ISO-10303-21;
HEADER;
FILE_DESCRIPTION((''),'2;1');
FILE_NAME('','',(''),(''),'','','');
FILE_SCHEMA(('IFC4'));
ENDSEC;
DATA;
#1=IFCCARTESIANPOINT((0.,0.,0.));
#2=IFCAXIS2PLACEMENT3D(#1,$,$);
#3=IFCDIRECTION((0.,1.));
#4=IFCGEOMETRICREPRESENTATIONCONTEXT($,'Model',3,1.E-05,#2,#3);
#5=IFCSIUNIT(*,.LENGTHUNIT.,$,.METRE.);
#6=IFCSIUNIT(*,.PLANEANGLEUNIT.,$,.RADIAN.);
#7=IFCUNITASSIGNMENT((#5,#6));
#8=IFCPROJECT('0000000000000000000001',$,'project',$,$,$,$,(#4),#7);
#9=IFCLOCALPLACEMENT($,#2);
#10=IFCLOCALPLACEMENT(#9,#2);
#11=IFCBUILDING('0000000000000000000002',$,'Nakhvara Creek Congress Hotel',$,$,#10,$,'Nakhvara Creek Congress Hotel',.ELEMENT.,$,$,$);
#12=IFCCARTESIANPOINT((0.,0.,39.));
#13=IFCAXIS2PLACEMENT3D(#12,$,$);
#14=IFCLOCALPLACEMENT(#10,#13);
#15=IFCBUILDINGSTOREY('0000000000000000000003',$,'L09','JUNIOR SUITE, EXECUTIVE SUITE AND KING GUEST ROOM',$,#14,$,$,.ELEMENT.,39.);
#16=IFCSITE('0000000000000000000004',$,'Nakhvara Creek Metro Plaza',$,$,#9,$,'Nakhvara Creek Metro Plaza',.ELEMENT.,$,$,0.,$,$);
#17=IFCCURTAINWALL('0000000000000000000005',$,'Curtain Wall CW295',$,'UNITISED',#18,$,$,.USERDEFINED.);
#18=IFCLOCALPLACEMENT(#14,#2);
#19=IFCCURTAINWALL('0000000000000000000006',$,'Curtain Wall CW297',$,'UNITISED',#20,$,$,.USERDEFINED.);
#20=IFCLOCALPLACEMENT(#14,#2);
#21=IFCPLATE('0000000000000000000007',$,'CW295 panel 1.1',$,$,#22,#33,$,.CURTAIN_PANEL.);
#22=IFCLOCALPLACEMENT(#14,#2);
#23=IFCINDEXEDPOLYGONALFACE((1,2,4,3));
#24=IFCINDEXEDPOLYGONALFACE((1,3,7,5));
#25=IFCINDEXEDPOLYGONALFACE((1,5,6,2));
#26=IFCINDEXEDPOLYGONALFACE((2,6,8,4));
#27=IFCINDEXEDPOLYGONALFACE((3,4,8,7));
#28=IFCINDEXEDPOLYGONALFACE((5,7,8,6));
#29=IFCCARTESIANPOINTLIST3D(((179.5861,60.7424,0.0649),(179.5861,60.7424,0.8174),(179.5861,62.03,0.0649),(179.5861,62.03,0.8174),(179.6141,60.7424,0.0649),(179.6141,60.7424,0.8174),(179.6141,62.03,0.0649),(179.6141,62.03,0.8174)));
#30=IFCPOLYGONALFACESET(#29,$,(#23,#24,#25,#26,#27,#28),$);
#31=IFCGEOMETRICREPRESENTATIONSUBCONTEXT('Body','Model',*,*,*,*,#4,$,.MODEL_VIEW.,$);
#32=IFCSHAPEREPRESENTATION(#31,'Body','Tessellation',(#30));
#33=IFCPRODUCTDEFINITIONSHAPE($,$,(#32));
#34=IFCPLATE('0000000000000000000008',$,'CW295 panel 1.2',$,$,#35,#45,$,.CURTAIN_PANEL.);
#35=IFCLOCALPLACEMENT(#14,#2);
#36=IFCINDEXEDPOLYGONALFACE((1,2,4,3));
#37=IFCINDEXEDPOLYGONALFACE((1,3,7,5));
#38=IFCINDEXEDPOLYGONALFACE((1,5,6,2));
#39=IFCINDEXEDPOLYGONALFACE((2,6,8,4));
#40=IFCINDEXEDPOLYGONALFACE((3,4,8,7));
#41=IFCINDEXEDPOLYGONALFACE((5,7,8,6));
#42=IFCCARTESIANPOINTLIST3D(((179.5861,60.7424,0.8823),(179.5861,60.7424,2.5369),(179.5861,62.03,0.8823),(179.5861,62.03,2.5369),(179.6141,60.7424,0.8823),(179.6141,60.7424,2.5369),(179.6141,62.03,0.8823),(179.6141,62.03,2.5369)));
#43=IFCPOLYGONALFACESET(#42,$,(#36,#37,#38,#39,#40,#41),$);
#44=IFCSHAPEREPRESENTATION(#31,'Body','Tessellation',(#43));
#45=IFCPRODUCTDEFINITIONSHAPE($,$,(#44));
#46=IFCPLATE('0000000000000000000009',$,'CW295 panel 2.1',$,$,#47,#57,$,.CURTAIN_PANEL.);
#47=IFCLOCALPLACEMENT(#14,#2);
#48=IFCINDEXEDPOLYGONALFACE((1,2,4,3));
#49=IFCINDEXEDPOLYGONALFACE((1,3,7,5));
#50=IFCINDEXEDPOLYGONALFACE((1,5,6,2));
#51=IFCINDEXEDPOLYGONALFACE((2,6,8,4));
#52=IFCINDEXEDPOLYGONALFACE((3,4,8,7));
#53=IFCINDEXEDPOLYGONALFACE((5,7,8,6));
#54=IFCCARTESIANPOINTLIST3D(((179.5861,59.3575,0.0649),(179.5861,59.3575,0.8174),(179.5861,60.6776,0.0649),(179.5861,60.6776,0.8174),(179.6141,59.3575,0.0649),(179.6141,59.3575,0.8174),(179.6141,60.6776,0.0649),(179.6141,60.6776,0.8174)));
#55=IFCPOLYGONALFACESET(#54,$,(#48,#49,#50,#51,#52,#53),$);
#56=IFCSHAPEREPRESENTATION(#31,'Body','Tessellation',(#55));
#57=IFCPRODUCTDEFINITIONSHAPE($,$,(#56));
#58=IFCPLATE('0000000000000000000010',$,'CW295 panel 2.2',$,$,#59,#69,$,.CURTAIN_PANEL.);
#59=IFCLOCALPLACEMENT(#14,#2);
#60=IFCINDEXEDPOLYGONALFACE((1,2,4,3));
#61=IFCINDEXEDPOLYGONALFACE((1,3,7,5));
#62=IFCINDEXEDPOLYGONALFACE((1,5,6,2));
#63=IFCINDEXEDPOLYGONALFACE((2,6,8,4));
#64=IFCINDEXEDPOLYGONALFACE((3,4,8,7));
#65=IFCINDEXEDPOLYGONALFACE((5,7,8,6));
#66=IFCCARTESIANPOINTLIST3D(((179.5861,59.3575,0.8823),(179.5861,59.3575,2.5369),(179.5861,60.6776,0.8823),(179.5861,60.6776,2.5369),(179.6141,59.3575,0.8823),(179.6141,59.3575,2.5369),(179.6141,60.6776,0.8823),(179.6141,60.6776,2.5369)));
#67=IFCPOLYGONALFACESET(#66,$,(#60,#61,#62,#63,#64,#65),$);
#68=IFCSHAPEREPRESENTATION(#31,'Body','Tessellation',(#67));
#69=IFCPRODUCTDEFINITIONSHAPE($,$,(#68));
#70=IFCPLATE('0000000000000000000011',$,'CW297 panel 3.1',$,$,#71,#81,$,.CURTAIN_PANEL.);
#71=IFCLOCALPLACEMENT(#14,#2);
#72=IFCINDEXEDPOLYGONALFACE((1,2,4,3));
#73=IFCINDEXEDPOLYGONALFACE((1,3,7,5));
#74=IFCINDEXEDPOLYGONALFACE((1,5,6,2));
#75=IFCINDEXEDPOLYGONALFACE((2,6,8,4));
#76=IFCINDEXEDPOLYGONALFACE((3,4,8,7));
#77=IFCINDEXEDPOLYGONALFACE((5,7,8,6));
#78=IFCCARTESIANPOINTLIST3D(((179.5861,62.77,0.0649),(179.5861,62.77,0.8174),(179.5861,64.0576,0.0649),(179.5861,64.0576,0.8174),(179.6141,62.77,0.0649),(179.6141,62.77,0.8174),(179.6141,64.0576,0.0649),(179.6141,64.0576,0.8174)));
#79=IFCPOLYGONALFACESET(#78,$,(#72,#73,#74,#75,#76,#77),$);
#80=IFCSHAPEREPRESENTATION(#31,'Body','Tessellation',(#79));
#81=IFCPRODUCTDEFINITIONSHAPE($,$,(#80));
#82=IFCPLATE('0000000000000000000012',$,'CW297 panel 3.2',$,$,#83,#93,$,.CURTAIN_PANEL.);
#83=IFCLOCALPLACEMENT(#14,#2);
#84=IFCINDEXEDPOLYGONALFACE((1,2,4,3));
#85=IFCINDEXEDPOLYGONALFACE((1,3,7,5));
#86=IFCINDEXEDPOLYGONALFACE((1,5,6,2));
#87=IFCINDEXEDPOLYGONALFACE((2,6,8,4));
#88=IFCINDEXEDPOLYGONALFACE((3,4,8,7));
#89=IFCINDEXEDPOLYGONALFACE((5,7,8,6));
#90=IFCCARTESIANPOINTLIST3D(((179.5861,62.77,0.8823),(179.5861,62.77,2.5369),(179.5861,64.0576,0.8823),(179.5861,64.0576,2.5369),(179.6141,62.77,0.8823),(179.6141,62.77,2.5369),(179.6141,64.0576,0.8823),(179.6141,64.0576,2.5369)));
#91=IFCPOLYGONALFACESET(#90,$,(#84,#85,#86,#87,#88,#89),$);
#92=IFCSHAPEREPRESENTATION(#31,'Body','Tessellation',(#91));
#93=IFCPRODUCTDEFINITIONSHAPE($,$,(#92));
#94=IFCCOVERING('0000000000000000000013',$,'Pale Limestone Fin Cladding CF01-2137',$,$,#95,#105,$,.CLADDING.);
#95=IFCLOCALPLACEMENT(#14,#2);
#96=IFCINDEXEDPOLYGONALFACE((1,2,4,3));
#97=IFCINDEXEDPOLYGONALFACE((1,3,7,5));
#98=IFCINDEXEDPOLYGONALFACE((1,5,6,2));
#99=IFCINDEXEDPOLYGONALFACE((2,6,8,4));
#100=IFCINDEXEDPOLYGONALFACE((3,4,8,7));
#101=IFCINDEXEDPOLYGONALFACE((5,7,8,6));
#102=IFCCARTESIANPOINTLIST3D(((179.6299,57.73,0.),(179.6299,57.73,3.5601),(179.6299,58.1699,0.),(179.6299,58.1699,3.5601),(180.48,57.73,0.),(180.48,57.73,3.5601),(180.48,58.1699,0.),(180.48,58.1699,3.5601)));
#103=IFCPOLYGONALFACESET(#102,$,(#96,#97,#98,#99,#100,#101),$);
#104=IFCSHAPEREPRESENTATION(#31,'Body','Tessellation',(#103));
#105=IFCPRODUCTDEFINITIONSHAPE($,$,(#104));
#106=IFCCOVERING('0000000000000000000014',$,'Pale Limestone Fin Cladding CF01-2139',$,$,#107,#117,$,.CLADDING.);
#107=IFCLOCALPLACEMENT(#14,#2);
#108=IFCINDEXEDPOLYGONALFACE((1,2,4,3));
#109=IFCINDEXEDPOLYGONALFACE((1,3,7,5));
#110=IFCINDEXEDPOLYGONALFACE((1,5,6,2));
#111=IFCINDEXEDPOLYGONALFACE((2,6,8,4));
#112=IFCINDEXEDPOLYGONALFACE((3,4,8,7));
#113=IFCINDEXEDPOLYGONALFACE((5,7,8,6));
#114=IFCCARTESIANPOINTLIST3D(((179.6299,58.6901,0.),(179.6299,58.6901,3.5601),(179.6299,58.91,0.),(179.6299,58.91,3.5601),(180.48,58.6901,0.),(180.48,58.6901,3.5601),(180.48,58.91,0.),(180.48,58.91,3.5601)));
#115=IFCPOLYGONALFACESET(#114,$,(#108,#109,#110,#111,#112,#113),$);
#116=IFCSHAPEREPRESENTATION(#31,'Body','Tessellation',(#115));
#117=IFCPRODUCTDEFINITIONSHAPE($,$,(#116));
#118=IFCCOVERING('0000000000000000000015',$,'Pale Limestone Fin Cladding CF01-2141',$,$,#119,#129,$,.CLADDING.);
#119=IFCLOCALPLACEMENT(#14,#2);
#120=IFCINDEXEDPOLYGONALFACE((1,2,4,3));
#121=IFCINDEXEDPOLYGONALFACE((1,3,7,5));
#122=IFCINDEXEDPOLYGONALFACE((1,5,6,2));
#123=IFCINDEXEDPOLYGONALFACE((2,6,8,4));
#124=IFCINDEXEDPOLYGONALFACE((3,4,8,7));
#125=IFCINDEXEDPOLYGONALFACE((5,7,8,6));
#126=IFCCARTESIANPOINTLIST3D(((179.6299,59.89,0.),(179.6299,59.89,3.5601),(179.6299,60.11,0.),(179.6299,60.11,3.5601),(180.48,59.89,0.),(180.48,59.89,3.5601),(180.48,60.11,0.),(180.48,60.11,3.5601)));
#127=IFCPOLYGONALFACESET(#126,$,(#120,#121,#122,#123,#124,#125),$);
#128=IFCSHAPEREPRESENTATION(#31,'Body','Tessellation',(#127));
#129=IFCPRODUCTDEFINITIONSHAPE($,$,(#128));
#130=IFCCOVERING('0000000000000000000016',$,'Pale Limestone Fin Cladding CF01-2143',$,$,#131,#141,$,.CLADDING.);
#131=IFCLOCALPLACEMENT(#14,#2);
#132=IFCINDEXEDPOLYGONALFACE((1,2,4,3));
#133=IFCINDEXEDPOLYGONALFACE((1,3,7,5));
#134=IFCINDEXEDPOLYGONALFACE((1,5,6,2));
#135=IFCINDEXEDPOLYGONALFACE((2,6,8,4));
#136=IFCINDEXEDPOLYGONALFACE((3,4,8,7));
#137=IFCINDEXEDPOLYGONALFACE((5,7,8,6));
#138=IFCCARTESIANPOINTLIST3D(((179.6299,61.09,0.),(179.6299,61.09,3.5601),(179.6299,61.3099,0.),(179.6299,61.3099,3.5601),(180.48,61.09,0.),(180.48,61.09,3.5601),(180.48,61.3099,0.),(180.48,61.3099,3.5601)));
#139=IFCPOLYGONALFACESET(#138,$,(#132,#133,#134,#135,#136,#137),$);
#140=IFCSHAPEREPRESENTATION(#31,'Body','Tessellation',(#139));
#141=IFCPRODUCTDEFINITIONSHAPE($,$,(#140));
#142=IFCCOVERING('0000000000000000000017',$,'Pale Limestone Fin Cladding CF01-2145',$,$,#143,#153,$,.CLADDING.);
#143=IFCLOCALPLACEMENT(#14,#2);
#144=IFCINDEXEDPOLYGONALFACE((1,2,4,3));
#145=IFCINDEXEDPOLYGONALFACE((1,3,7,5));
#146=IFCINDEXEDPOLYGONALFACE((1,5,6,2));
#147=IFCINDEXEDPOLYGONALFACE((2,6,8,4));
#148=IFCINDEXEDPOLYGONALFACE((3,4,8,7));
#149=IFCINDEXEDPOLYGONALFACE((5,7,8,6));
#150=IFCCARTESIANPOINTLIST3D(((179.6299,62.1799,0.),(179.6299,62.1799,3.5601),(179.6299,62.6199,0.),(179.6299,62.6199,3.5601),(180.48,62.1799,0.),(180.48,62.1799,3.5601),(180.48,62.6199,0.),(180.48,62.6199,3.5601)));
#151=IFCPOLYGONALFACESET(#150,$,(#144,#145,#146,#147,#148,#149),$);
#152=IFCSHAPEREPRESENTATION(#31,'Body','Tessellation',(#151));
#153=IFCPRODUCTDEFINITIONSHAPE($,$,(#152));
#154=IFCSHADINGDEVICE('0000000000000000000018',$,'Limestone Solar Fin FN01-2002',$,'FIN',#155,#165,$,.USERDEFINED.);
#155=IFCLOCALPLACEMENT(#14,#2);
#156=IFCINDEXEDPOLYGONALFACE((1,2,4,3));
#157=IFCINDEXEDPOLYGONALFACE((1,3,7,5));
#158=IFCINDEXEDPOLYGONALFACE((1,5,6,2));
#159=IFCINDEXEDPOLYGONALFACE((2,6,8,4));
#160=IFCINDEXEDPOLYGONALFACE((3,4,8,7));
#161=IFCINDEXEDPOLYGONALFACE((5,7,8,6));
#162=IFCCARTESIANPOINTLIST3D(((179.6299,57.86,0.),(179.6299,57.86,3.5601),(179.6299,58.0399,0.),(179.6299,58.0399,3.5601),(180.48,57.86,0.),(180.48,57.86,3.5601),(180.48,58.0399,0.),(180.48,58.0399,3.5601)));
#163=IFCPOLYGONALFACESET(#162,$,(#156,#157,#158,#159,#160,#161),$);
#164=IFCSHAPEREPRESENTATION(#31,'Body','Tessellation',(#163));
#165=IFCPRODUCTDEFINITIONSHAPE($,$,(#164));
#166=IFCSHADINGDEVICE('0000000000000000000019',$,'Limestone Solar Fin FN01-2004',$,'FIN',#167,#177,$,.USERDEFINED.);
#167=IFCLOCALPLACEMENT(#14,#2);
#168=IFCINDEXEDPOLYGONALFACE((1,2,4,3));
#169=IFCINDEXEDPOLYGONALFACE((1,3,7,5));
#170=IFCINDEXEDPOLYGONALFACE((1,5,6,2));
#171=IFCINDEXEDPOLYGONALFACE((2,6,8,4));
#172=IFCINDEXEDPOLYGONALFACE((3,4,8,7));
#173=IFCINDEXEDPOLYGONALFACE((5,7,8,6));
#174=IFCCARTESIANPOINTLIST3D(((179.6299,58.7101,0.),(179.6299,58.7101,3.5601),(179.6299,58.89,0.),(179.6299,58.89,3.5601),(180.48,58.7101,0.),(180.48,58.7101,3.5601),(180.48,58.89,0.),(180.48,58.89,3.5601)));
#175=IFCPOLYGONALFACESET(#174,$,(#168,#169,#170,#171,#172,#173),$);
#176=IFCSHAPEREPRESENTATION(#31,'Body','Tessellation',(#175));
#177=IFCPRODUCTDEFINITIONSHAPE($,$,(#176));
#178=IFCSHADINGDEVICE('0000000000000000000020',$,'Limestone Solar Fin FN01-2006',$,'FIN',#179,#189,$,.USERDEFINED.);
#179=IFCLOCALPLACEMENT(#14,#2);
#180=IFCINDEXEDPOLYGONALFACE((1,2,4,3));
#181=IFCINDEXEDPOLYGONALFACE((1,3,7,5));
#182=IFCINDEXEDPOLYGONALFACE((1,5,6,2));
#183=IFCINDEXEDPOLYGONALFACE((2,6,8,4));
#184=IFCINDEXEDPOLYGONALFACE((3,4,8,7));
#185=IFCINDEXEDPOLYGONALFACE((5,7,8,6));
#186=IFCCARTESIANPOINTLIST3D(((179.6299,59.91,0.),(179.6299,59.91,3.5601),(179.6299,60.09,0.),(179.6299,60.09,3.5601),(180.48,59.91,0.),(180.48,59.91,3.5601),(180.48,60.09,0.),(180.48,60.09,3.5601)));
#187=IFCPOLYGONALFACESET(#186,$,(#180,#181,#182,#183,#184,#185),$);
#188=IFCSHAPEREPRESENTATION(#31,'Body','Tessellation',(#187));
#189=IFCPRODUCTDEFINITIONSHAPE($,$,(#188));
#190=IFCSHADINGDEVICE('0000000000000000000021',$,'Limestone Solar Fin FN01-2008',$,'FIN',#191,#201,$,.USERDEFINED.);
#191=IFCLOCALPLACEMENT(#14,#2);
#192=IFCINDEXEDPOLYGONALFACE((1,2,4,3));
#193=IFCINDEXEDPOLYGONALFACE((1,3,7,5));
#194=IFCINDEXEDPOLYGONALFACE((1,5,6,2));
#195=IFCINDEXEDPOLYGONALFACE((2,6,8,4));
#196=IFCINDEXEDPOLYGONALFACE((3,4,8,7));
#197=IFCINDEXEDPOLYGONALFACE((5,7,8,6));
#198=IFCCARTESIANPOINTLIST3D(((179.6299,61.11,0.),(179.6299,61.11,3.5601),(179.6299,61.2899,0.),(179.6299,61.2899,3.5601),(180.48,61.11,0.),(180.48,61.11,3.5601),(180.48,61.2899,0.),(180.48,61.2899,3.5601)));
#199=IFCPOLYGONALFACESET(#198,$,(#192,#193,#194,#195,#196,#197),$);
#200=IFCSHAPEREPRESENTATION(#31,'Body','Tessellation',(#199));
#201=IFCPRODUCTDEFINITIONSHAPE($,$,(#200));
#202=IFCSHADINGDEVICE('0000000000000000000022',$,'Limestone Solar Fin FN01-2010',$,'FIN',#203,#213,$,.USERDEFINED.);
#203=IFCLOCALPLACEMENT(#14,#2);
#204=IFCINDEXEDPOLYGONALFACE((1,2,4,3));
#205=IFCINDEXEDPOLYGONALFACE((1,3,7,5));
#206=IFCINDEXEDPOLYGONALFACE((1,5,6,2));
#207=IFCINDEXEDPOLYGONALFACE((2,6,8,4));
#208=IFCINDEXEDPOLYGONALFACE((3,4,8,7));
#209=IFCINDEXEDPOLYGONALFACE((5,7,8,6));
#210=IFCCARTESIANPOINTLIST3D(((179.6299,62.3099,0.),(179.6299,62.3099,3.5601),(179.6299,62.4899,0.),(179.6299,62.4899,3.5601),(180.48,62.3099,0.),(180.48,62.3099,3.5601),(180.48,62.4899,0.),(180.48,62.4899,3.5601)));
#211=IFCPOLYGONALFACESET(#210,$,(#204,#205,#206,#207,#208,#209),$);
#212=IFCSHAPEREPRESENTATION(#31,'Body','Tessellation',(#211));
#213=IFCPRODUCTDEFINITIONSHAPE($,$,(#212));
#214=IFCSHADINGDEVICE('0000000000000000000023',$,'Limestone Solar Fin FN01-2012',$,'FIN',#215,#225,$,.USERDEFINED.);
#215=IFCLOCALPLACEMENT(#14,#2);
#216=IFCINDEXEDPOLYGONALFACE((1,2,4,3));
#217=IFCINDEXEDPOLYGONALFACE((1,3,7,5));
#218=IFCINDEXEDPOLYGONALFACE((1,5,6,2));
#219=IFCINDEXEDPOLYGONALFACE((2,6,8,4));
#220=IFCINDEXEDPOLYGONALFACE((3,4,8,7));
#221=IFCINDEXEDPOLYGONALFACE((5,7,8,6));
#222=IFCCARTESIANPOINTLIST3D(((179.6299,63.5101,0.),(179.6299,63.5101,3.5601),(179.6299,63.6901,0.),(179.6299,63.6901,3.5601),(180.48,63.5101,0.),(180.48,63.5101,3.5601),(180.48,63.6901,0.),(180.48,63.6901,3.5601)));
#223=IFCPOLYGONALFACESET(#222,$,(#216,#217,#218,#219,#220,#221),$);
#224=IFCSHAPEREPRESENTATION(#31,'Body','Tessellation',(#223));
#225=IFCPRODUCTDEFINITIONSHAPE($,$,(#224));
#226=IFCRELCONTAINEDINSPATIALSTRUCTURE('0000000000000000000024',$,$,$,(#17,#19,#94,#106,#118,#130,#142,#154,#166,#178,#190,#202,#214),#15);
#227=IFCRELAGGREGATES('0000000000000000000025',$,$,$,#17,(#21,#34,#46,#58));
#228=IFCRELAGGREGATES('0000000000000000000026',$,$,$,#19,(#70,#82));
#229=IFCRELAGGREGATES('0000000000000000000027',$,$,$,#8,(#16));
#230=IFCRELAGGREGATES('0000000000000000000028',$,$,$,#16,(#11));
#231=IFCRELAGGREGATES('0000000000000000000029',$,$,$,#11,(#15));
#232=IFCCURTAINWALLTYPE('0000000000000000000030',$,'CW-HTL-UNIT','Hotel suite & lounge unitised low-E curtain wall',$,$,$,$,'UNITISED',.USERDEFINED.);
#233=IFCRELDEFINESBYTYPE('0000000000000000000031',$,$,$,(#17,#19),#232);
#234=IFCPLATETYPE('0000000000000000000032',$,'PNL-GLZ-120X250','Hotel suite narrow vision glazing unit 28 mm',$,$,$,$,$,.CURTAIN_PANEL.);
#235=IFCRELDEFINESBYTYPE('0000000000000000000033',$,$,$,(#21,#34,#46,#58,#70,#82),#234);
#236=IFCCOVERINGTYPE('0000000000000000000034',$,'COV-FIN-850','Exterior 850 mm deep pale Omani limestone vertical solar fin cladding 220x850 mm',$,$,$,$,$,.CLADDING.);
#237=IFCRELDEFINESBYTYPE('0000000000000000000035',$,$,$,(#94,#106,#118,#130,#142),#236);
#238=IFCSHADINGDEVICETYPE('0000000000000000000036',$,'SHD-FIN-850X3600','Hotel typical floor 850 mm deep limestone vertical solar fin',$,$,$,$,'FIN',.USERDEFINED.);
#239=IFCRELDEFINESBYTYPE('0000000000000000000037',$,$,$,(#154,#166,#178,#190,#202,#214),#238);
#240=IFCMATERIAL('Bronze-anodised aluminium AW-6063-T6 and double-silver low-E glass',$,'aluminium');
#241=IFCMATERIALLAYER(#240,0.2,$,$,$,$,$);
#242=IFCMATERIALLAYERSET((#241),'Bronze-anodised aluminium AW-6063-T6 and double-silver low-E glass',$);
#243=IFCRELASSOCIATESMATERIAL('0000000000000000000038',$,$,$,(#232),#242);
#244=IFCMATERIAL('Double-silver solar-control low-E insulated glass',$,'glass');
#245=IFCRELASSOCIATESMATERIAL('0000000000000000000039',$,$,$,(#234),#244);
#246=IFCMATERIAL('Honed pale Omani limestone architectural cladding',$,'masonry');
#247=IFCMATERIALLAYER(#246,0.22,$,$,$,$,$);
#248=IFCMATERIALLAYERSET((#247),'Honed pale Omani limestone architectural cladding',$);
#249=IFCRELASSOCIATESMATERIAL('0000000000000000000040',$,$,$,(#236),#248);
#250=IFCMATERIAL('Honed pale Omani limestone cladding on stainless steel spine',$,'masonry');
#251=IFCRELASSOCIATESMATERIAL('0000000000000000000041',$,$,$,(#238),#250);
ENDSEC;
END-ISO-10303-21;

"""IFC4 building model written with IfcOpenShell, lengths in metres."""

from ifc_helpers import new_model, si_unit, direction, frame, origin, origin_2d, place, context, subcontext, project, spatial, rectangle, extrude, material, layer, layer_set, type_object, element, aggregate, save


model = new_model("IFC4")

# Units and contexts
model_context = context("Model", 3, precision=1e-05, world=origin(), true_north=direction((0.0, 1.0)))
body_context = subcontext(model_context, "Body", "Model", "MODEL_VIEW")
ifc_project = project(units=[si_unit("LENGTHUNIT", "METRE"), si_unit("PLANEANGLEUNIT", "RADIAN")], contexts=[model_context])

# Site, building, storey
site_placement = place(None, origin())
site = spatial("IfcSite", under=ifc_project, at=site_placement, Name="Nakhvara Creek Metro Plaza", LongName="Nakhvara Creek Metro Plaza", CompositionType="ELEMENT", RefElevation=0.0)
building_placement = place(site_placement, origin())
building = spatial("IfcBuilding", under=site, at=building_placement, Name="Nakhvara Creek Congress Hotel", LongName="Nakhvara Creek Congress Hotel", CompositionType="ELEMENT")
storey_placement = place(building_placement, frame((0.0, 0.0, 39.0)))
storey = spatial("IfcBuildingStorey", under=building, at=storey_placement, Name="L09", Description="JUNIOR SUITE, EXECUTIVE SUITE AND KING GUEST ROOM", CompositionType="ELEMENT", Elevation=39.0)

# Curtain wall
ifc_material_1 = material(Name="Bronze-anodised aluminium AW-6063-T6 and double-silver low-E glass", Category="aluminium")
ifc_layer_1 = layer(ifc_material_1, 0.2)
ifc_layer_set_1 = layer_set([ifc_layer_1], Name="Bronze-anodised aluminium AW-6063-T6 and double-silver low-E glass")
curtain_wall_type = type_object("IfcCurtainWallType", Name="CW-HTL-UNIT", Description="Hotel suite & lounge unitised low-E curtain wall", ElementType="UNITISED", PredefinedType="USERDEFINED", material=ifc_layer_set_1)
curtain_wall_1_placement = place(storey_placement, origin())
curtain_wall_1 = element("IfcCurtainWall", 1, at=curtain_wall_1_placement, inside=storey, type_object=curtain_wall_type, Name="Curtain Wall CW295", ObjectType="UNITISED", PredefinedType="USERDEFINED")

# Curtain wall
curtain_wall_2_placement = place(storey_placement, origin())
curtain_wall_2 = element("IfcCurtainWall", 2, at=curtain_wall_2_placement, inside=storey, type_object=curtain_wall_type, Name="Curtain Wall CW297", ObjectType="UNITISED", PredefinedType="USERDEFINED")

# Plates
ifc_material_2 = material(Name="Double-silver solar-control low-E insulated glass", Category="glass")
plate_type = type_object("IfcPlateType", Name="PNL-GLZ-120X250", Description="Hotel suite narrow vision glazing unit 28 mm", PredefinedType="CURTAIN_PANEL", material=ifc_material_2)
plate_1_placement = place(storey_placement, frame((179.6001, 61.3862, 0.0649), z_axis=(0.0, 0.0, 1.0), x_axis=(0.0, -1.0, 0.0)))
plate_1 = element("IfcPlate", 3, at=plate_1_placement, type_object=plate_type, Name="CW295 panel 1.1", PredefinedType="CURTAIN_PANEL", context=body_context, shape_type="SweptSolid", body=[
    extrude(rectangle(XDim=1.2876, YDim=0.0281, at=origin_2d()), origin(), (0.0, 0.0, 1.0), 0.7524),
])
plate_2_placement = place(storey_placement, frame((179.6001, 61.3862, 0.8823), z_axis=(0.0, 0.0, 1.0), x_axis=(0.0, -1.0, 0.0)))
plate_2 = element("IfcPlate", 4, at=plate_2_placement, type_object=plate_type, Name="CW295 panel 1.2", PredefinedType="CURTAIN_PANEL", context=body_context, shape_type="SweptSolid", body=[
    extrude(rectangle(XDim=1.2876, YDim=0.0281, at=origin_2d()), origin(), (0.0, 0.0, 1.0), 1.6545),
])
plate_3_placement = place(storey_placement, frame((179.6001, 60.0176, 0.0649), z_axis=(0.0, 0.0, 1.0), x_axis=(0.0, -1.0, 0.0)))
plate_3 = element("IfcPlate", 5, at=plate_3_placement, type_object=plate_type, Name="CW295 panel 2.1", PredefinedType="CURTAIN_PANEL", context=body_context, shape_type="SweptSolid", body=[
    extrude(rectangle(XDim=1.3201, YDim=0.0281, at=origin_2d()), origin(), (0.0, 0.0, 1.0), 0.7524),
])
plate_4_placement = place(storey_placement, frame((179.6001, 60.0176, 0.8823), z_axis=(0.0, 0.0, 1.0), x_axis=(0.0, -1.0, 0.0)))
plate_4 = element("IfcPlate", 6, at=plate_4_placement, type_object=plate_type, Name="CW295 panel 2.2", PredefinedType="CURTAIN_PANEL", context=body_context, shape_type="SweptSolid", body=[
    extrude(rectangle(XDim=1.3201, YDim=0.0281, at=origin_2d()), origin(), (0.0, 0.0, 1.0), 1.6545),
])
aggregate(curtain_wall_1, [plate_1, plate_2, plate_3, plate_4])
plate_5_placement = place(storey_placement, frame((179.6001, 63.4138, 0.0649), z_axis=(0.0, 0.0, 1.0), x_axis=(0.0, -1.0, 0.0)))
plate_5 = element("IfcPlate", 7, at=plate_5_placement, type_object=plate_type, Name="CW297 panel 3.1", PredefinedType="CURTAIN_PANEL", context=body_context, shape_type="SweptSolid", body=[
    extrude(rectangle(XDim=1.2876, YDim=0.0281, at=origin_2d()), origin(), (0.0, 0.0, 1.0), 0.7524),
])
plate_6_placement = place(storey_placement, frame((179.6001, 63.4138, 0.8823), z_axis=(0.0, 0.0, 1.0), x_axis=(0.0, -1.0, 0.0)))
plate_6 = element("IfcPlate", 8, at=plate_6_placement, type_object=plate_type, Name="CW297 panel 3.2", PredefinedType="CURTAIN_PANEL", context=body_context, shape_type="SweptSolid", body=[
    extrude(rectangle(XDim=1.2876, YDim=0.0281, at=origin_2d()), origin(), (0.0, 0.0, 1.0), 1.6545),
])
aggregate(curtain_wall_2, [plate_5, plate_6])

# Coverings
ifc_material_3 = material(Name="Honed pale Omani limestone architectural cladding", Category="masonry")
ifc_layer_2 = layer(ifc_material_3, 0.22)
ifc_layer_set_2 = layer_set([ifc_layer_2], Name="Honed pale Omani limestone architectural cladding")
covering_type = type_object("IfcCoveringType", Name="COV-FIN-850", Description="Exterior 850 mm deep pale Omani limestone vertical solar fin cladding 220x850 mm", PredefinedType="CLADDING", material=ifc_layer_set_2)
covering_1_placement = place(storey_placement, frame((180.0549, 57.95, 0.0), z_axis=(0.0, 0.0, 1.0), x_axis=(0.0, 1.0, 0.0)))
element("IfcCovering", 9, at=covering_1_placement, inside=storey, type_object=covering_type, Name="Pale Limestone Fin Cladding CF01-2137", PredefinedType="CLADDING", context=body_context, shape_type="SweptSolid", body=[
    extrude(rectangle(XDim=0.4399, YDim=0.8501, at=origin_2d()), origin(), (0.0, 0.0, 1.0), 3.5601),
])
for number, where, z_axis, x_axis, name in (
    (10, (180.0549, 58.8, 0.0), (0.0, 0.0, 1.0), (0.0, 1.0, 0.0), "Pale Limestone Fin Cladding CF01-2139"),
    (11, (180.0549, 60.0, 0.0), (0.0, 0.0, 1.0), (0.0, 1.0, 0.0), "Pale Limestone Fin Cladding CF01-2141"),
    (12, (180.0549, 61.2, 0.0), (0.0, 0.0, 1.0), (0.0, 1.0, 0.0), "Pale Limestone Fin Cladding CF01-2143"),
):
    element("IfcCovering", number, at=place(storey_placement, frame(where, z_axis=z_axis, x_axis=x_axis)), inside=storey, type_object=covering_type, Name=name, PredefinedType="CLADDING", context=body_context, shape_type="SweptSolid", body=[
        extrude(rectangle(XDim=0.22, YDim=0.8501, at=origin_2d()), origin(), (0.0, 0.0, 1.0), 3.5601),
    ])
covering_2_placement = place(storey_placement, frame((180.0549, 62.3999, 0.0), z_axis=(0.0, 0.0, 1.0), x_axis=(0.0, 1.0, 0.0)))
element("IfcCovering", 13, at=covering_2_placement, inside=storey, type_object=covering_type, Name="Pale Limestone Fin Cladding CF01-2145", PredefinedType="CLADDING", context=body_context, shape_type="SweptSolid", body=[
    extrude(rectangle(XDim=0.4399, YDim=0.8501, at=origin_2d()), origin(), (0.0, 0.0, 1.0), 3.5601),
])

# Shading devices
ifc_material_4 = material(Name="Honed pale Omani limestone cladding on stainless steel spine", Category="masonry")
shading_device_type = type_object("IfcShadingDeviceType", Name="SHD-FIN-850X3600", Description="Hotel typical floor 850 mm deep limestone vertical solar fin", ElementType="FIN", PredefinedType="USERDEFINED", material=ifc_material_4)
for number, where, z_axis, x_axis, name in (
    (14, (180.0549, 57.95, 0.0), (0.0, 0.0, 1.0), (0.0, 1.0, 0.0), "Limestone Solar Fin FN01-2002"),
    (15, (180.0549, 58.8, 0.0), (0.0, 0.0, 1.0), (0.0, 1.0, 0.0), "Limestone Solar Fin FN01-2004"),
    (16, (180.0549, 60.0, 0.0), (0.0, 0.0, 1.0), (0.0, 1.0, 0.0), "Limestone Solar Fin FN01-2006"),
    (17, (180.0549, 61.2, 0.0), (0.0, 0.0, 1.0), (0.0, 1.0, 0.0), "Limestone Solar Fin FN01-2008"),
    (18, (180.0549, 62.3999, 0.0), (0.0, 0.0, 1.0), (0.0, 1.0, 0.0), "Limestone Solar Fin FN01-2010"),
    (19, (180.0549, 63.6001, 0.0), (0.0, 0.0, 1.0), (0.0, 1.0, 0.0), "Limestone Solar Fin FN01-2012"),
):
    element("IfcShadingDevice", number, at=place(storey_placement, frame(where, z_axis=z_axis, x_axis=x_axis)), inside=storey, type_object=shading_device_type, Name=name, ObjectType="FIN", PredefinedType="USERDEFINED", context=body_context, shape_type="SweptSolid", body=[
        extrude(rectangle(XDim=0.1799, YDim=0.8501, at=origin_2d()), origin(), (0.0, 0.0, 1.0), 3.5601),
    ])

save(model, "model.ifc")
